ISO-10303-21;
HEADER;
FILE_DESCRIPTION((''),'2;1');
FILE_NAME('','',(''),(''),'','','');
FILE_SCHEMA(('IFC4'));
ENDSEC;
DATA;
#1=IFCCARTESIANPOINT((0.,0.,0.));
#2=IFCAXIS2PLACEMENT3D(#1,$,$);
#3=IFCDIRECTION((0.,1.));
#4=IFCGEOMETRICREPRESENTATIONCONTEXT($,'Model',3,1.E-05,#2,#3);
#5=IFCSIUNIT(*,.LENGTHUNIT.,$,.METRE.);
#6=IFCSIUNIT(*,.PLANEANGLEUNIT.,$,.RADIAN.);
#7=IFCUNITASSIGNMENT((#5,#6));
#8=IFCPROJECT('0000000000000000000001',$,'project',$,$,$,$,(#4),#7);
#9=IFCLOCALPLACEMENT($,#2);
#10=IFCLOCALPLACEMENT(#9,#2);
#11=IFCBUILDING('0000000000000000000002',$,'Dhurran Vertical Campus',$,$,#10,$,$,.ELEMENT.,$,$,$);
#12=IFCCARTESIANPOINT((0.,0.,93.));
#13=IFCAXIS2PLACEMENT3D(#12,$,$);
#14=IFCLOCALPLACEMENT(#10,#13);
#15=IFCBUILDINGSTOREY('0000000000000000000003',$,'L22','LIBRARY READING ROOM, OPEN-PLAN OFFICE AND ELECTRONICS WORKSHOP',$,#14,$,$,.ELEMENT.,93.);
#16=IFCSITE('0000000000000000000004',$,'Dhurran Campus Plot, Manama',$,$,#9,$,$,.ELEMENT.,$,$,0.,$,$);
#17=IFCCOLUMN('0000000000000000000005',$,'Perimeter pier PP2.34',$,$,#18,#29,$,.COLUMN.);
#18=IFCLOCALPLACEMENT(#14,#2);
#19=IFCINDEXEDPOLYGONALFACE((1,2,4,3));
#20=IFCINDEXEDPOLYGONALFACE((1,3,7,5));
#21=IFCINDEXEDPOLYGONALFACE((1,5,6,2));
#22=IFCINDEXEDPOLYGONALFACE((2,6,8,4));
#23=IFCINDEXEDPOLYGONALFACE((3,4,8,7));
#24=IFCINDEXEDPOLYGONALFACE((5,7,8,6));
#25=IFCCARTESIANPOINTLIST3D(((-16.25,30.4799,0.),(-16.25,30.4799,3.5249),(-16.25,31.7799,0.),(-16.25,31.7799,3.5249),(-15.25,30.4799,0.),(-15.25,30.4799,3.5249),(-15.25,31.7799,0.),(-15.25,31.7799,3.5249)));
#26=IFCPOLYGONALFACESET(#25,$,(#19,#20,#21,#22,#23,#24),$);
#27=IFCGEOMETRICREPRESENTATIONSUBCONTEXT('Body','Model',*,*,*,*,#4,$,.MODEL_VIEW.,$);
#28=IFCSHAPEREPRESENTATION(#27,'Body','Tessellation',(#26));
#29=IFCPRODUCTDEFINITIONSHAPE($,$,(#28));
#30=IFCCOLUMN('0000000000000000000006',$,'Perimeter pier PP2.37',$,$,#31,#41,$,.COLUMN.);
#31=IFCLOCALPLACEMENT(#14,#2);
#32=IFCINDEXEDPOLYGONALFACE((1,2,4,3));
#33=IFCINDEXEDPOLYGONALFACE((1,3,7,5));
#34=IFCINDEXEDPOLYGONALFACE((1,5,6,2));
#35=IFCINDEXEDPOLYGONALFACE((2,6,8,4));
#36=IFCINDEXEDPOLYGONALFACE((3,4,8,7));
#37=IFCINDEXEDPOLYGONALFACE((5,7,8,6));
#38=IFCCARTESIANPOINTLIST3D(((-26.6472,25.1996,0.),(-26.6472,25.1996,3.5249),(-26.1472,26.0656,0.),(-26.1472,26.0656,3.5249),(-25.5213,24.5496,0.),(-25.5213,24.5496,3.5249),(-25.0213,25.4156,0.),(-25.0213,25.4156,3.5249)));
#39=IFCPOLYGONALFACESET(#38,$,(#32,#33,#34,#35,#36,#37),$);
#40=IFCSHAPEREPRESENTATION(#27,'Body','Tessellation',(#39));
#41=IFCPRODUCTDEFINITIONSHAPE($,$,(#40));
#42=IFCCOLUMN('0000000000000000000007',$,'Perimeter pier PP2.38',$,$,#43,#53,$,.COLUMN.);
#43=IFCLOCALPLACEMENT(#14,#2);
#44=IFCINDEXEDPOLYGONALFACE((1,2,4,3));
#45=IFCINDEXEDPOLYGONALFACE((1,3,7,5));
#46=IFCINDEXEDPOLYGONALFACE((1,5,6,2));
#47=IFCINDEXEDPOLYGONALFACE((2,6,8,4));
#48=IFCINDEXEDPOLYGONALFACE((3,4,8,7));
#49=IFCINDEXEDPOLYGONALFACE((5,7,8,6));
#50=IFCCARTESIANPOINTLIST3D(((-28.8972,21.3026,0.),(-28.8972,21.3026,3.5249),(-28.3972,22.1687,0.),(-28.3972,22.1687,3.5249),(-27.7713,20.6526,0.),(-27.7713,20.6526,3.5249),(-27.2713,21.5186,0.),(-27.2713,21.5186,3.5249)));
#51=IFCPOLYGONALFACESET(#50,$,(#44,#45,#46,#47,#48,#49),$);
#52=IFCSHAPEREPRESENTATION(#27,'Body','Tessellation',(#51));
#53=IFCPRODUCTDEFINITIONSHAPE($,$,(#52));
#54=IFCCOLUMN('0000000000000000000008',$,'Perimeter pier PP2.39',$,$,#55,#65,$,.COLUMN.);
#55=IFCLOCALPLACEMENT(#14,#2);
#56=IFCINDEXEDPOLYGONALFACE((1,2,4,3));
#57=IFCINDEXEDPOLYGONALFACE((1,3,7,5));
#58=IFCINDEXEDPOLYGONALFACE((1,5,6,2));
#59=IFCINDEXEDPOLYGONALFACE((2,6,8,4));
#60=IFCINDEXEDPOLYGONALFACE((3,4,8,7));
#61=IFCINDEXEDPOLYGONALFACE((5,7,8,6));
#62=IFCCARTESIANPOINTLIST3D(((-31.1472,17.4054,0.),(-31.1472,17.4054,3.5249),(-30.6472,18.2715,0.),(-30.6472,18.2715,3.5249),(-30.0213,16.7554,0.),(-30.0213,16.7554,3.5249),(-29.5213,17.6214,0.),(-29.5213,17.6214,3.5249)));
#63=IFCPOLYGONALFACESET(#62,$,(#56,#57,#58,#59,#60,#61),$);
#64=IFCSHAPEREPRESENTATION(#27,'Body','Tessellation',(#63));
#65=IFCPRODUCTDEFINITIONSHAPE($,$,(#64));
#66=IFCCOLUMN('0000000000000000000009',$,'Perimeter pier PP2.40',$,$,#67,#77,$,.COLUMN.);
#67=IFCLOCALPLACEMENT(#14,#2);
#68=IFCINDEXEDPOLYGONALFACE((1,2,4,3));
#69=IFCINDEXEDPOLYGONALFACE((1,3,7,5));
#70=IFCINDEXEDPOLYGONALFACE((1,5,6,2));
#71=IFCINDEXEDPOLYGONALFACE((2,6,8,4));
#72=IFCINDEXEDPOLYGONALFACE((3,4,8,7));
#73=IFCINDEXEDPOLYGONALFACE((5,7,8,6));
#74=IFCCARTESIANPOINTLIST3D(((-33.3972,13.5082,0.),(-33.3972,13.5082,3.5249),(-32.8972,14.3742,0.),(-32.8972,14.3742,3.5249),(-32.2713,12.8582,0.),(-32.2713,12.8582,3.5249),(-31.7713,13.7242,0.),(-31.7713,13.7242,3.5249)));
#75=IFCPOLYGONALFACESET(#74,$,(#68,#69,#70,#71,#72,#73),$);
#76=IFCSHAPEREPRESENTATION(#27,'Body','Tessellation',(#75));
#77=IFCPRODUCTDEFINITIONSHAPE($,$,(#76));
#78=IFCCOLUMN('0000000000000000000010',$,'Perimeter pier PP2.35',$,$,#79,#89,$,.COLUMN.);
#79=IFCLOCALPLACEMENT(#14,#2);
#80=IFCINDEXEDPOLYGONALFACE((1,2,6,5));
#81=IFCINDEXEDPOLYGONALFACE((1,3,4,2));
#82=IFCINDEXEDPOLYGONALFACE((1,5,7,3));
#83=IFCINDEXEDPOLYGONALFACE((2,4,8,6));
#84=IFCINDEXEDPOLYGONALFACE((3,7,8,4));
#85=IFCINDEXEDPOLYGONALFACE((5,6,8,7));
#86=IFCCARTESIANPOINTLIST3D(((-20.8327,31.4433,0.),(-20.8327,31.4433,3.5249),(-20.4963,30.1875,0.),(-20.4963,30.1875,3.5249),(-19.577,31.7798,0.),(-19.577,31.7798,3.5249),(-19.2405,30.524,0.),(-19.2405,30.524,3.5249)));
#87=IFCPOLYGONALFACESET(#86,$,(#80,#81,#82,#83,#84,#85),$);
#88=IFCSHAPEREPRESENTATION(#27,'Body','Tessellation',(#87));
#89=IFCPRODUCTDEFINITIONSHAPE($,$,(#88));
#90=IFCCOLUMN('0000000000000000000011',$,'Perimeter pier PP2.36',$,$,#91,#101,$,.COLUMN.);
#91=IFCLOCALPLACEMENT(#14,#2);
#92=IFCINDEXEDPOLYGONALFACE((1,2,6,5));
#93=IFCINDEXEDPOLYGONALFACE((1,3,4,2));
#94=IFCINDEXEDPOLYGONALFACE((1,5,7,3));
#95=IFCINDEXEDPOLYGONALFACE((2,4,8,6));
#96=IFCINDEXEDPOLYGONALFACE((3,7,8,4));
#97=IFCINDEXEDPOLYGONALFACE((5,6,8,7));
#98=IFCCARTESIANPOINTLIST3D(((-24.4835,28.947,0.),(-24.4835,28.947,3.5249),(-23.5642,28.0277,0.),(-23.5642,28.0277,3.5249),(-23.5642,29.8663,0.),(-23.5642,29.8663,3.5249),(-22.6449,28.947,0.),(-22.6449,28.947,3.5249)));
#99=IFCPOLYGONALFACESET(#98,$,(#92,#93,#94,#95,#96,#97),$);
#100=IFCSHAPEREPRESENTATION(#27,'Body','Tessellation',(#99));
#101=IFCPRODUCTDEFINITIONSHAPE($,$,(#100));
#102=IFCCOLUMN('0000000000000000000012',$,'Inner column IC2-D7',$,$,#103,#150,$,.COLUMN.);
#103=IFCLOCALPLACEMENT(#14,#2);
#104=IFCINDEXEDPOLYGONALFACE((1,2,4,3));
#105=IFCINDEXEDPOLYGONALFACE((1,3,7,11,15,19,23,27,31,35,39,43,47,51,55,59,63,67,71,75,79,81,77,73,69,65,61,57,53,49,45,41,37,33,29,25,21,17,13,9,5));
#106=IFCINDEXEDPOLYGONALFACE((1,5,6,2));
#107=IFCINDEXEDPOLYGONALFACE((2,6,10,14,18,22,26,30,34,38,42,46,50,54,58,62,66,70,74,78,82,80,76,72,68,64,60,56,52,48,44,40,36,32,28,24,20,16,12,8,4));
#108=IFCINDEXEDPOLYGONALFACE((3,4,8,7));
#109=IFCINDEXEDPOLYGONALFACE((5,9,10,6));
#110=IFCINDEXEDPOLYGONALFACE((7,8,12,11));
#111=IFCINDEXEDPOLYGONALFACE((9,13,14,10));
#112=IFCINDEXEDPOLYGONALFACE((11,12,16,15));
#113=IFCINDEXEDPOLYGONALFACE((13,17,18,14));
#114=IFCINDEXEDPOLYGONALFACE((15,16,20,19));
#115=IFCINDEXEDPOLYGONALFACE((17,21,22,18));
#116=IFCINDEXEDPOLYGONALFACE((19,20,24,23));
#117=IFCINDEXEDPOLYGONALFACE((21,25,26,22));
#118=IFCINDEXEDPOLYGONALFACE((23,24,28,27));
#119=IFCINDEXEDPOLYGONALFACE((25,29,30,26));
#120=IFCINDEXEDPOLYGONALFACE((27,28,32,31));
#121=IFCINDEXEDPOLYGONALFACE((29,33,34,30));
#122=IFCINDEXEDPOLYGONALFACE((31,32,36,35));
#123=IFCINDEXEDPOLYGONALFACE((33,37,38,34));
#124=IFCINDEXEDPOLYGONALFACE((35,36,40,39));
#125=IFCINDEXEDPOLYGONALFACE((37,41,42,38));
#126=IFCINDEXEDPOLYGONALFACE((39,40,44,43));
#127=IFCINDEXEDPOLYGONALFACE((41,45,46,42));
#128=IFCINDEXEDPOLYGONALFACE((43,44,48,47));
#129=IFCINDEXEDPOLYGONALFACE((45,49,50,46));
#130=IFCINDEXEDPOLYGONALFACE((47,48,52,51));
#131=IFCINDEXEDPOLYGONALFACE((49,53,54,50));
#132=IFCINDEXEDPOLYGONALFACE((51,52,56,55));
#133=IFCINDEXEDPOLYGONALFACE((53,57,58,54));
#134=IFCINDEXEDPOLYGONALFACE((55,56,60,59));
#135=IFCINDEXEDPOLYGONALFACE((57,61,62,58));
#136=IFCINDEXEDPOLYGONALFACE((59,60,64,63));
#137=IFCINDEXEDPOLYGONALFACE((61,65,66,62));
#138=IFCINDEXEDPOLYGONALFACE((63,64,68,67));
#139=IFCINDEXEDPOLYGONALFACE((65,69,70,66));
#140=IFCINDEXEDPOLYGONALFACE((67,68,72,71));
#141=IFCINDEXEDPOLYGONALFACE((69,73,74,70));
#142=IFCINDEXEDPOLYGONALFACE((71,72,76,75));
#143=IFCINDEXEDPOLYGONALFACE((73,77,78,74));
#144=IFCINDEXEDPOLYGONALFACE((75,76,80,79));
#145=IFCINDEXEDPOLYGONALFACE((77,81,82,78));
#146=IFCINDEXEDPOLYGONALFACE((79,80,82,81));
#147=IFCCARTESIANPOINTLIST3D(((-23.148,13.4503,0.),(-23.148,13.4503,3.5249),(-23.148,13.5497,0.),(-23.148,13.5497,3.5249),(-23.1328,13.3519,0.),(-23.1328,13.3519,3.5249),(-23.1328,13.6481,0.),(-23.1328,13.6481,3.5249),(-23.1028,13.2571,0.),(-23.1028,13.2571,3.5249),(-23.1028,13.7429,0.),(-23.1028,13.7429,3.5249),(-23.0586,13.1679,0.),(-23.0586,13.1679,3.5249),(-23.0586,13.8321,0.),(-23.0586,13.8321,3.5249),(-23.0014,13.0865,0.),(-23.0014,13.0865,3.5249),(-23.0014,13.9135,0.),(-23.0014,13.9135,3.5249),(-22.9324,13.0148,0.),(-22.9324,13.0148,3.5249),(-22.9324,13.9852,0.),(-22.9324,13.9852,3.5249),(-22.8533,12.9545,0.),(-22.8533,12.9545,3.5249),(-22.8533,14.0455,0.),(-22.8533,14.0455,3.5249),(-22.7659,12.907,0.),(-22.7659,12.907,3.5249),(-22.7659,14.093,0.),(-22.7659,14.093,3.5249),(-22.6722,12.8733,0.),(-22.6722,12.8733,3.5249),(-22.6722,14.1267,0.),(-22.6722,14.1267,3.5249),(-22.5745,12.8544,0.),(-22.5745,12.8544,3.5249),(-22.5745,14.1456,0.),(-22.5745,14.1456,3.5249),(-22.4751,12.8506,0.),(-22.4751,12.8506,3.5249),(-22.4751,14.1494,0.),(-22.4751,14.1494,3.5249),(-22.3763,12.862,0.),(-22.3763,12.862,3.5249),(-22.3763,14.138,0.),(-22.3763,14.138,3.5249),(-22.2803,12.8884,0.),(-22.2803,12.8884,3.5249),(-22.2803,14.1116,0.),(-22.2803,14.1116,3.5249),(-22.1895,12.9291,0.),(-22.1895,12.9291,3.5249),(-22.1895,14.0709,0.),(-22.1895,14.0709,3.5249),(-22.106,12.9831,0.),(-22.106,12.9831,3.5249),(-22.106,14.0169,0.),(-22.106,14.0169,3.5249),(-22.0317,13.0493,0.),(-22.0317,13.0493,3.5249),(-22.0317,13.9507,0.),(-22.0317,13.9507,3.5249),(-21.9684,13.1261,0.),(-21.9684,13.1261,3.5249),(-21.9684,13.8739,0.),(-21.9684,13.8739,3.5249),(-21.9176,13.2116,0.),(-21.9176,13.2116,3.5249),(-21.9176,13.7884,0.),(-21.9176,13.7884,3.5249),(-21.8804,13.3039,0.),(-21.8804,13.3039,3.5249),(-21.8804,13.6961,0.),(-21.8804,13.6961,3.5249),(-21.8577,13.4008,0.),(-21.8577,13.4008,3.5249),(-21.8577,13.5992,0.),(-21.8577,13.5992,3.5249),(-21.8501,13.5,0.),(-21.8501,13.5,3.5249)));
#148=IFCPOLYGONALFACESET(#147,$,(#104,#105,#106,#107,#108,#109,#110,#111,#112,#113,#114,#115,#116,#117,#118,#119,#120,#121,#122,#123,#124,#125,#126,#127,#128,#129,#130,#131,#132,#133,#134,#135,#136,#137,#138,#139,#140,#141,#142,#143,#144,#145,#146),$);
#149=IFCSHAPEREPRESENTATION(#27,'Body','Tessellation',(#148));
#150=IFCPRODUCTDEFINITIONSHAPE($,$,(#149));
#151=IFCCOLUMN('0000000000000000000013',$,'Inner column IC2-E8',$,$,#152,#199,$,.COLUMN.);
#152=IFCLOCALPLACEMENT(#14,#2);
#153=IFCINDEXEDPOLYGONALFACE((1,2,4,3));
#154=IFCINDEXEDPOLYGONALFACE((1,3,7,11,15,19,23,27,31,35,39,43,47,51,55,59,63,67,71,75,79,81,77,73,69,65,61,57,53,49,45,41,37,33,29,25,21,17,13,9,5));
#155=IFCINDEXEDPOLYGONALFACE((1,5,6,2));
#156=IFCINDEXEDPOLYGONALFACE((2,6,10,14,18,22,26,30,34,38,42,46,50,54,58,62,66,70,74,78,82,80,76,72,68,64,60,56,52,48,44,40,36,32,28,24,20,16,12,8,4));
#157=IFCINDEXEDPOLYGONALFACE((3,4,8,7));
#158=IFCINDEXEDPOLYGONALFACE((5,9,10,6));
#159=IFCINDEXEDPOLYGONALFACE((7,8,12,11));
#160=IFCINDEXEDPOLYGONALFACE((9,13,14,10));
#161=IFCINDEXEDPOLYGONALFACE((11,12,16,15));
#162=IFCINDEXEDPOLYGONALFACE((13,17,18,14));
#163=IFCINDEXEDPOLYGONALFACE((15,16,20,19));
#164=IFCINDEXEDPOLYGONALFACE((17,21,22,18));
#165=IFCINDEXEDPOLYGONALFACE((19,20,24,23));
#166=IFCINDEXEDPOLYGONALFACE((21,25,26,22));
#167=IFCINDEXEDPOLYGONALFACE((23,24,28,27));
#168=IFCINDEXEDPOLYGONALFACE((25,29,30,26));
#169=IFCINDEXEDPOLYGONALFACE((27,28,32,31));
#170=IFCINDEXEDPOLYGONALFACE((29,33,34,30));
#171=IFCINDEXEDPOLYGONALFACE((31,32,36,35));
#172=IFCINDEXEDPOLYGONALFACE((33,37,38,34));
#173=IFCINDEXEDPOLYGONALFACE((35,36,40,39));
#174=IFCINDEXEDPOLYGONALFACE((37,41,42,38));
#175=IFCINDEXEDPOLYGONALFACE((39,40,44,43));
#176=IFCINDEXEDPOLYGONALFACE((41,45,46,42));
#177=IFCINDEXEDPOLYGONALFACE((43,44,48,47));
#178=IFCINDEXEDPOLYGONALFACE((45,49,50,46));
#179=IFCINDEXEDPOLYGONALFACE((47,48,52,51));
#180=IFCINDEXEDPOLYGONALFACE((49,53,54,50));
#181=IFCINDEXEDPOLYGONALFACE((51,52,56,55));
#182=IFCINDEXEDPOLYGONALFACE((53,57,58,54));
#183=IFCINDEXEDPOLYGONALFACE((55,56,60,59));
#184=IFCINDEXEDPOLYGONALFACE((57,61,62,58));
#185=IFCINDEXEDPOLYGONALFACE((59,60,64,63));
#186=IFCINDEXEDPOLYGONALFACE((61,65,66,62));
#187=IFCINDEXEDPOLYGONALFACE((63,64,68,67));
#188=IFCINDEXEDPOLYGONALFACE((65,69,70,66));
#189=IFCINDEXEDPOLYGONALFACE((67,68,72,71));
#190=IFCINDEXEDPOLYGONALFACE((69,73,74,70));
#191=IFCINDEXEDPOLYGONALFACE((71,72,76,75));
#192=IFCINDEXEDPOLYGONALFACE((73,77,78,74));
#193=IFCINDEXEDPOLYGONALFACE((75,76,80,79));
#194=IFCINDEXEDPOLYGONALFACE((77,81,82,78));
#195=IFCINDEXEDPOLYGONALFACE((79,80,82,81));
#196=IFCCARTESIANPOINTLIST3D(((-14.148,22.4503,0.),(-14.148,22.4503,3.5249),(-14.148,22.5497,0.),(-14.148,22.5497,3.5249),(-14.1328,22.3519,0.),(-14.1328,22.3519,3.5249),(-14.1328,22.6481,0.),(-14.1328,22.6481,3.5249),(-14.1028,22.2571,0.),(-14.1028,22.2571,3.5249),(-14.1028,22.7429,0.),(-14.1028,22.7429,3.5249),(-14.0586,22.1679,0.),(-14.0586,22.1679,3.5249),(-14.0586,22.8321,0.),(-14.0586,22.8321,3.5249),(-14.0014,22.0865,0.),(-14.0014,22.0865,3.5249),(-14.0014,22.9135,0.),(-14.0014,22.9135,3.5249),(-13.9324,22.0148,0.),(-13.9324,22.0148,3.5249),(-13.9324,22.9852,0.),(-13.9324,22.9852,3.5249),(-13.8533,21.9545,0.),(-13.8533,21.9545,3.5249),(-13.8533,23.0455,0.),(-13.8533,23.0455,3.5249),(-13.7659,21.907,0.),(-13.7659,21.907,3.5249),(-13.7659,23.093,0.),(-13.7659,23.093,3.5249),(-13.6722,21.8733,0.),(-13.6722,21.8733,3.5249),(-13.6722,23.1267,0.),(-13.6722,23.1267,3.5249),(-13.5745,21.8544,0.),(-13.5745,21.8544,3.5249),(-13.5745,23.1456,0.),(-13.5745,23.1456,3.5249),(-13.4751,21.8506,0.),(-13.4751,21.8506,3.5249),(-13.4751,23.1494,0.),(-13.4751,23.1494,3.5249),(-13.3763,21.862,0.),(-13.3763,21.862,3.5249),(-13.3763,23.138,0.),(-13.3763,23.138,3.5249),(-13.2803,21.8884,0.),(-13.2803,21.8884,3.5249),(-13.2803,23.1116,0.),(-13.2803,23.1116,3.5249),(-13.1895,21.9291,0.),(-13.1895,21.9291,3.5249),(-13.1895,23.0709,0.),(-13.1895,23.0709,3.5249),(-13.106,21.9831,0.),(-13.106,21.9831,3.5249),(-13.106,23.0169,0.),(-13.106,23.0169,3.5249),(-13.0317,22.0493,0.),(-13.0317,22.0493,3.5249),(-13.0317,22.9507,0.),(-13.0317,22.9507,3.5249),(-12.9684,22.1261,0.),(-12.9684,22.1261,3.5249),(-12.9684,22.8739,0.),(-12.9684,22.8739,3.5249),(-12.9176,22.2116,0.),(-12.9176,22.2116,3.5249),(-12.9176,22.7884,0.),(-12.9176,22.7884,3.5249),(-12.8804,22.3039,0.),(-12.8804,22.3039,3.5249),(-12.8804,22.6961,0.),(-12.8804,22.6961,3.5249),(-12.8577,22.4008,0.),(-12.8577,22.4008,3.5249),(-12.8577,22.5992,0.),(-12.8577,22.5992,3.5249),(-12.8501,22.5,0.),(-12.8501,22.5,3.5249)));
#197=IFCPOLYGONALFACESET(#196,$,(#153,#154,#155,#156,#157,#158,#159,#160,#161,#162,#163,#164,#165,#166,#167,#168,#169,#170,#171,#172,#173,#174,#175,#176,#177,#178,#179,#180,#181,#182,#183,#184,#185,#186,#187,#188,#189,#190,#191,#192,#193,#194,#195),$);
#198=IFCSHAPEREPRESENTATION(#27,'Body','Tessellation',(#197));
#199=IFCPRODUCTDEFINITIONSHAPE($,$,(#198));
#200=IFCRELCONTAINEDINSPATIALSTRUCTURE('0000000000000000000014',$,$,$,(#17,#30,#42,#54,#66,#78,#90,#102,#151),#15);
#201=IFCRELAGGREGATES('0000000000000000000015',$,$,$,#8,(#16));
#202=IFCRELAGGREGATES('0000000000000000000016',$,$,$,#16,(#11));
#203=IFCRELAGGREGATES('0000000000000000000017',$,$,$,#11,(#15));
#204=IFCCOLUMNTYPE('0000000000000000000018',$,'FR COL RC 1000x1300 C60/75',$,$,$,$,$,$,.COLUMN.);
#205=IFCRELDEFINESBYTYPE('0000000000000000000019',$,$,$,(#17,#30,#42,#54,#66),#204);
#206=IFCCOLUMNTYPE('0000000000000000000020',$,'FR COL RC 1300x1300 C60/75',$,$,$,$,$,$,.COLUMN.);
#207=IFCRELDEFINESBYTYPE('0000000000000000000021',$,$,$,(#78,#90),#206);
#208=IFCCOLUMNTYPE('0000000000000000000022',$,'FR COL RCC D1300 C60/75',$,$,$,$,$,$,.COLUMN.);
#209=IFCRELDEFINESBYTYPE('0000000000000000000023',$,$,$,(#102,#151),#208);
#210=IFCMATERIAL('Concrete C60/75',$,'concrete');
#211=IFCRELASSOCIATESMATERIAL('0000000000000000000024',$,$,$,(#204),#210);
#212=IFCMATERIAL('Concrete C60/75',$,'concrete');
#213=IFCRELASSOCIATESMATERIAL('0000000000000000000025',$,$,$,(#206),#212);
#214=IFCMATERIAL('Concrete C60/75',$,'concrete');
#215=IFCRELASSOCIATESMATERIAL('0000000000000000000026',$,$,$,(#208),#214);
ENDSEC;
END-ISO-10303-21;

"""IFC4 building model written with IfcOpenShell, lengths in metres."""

from ifc_helpers import new_model, si_unit, direction, frame, origin, origin_2d, place, context, subcontext, project, spatial, rectangle, circle, extrude, material, material_profile, profile_set, type_object, element, save


model = new_model("IFC4")

# Units and contexts
model_context = context("Model", 3, precision=1e-05, world=origin(), true_north=direction((0.0, 1.0)))
body_context = subcontext(model_context, "Body", "Model", "MODEL_VIEW")
ifc_project = project(units=[si_unit("LENGTHUNIT", "METRE"), si_unit("PLANEANGLEUNIT", "RADIAN")], contexts=[model_context])

# Site, building, storey
site_placement = place(None, origin())
site = spatial("IfcSite", under=ifc_project, at=site_placement, Name="Dhurran Campus Plot, Manama", CompositionType="ELEMENT", RefElevation=0.0)
building_placement = place(site_placement, origin())
building = spatial("IfcBuilding", under=site, at=building_placement, Name="Dhurran Vertical Campus", CompositionType="ELEMENT")
storey_placement = place(building_placement, frame((0.0, 0.0, 93.0)))
storey = spatial("IfcBuildingStorey", under=building, at=storey_placement, Name="L22", Description="LIBRARY READING ROOM, OPEN-PLAN OFFICE AND ELECTRONICS WORKSHOP", CompositionType="ELEMENT", Elevation=93.0)

# Columns
ifc_material_1 = material(Name="Concrete C60/75", Category="concrete")
ifc_material_profile_1 = material_profile(ifc_material_1, rectangle(XDim=1.0, YDim=1.3, at=origin_2d()), Name="RC 1000x1300")
ifc_profile_set_1 = profile_set([ifc_material_profile_1], Name="Concrete C60/75")
column_type_1 = type_object("IfcColumnType", Name="FR COL RC 1000x1300 C60/75", PredefinedType="COLUMN", material=ifc_profile_set_1)
for number, where, z_axis, x_axis, name in (
    (1, (-15.75, 31.1299, 0.0), (0.0, 0.0, 1.0), (-1.0, 0.0, 0.0), "Perimeter pier PP2.34"),
    (2, (-25.8342, 25.3076, 0.0), (0.0, 0.0, 1.0), (-0.5, -0.866025, 0.0), "Perimeter pier PP2.37"),
    (3, (-28.0842, 21.4106, 0.0), (0.0, 0.0, 1.0), (-0.5, -0.866025, 0.0), "Perimeter pier PP2.38"),
    (4, (-30.3342, 17.5134, 0.0), (0.0, 0.0, 1.0), (-0.5, -0.866025, 0.0), "Perimeter pier PP2.39"),
    (5, (-32.5842, 13.6162, 0.0), (0.0, 0.0, 1.0), (-0.5, -0.866025, 0.0), "Perimeter pier PP2.40"),
):
    element("IfcColumn", number, at=place(storey_placement, frame(where, z_axis=z_axis, x_axis=x_axis)), inside=storey, type_object=column_type_1, Name=name, PredefinedType="COLUMN", context=body_context, shape_type="SweptSolid", body=[
        extrude(rectangle(XDim=1.0, YDim=1.3, at=origin_2d()), origin(), (0.0, 0.0, 1.0), 3.5249),
    ])
ifc_material_2 = material(Name="Concrete C60/75", Category="concrete")
ifc_material_profile_2 = material_profile(ifc_material_2, rectangle(XDim=1.3, YDim=1.3, at=origin_2d()), Name="RC 1300x1300")
ifc_profile_set_2 = profile_set([ifc_material_profile_2], Name="Concrete C60/75")
column_type_2 = type_object("IfcColumnType", Name="FR COL RC 1300x1300 C60/75", PredefinedType="COLUMN", material=ifc_profile_set_2)
for number, where, z_axis, x_axis, name in (
    (6, (-20.0366, 30.9836, 0.0), (0.0, 0.0, 1.0), (-0.965926, -0.258819, 0.0), "Perimeter pier PP2.35"),
    (7, (-23.5642, 28.947, 0.0), (0.0, 0.0, 1.0), (-0.707107, -0.707107, 0.0), "Perimeter pier PP2.36"),
):
    element("IfcColumn", number, at=place(storey_placement, frame(where, z_axis=z_axis, x_axis=x_axis)), inside=storey, type_object=column_type_2, Name=name, PredefinedType="COLUMN", context=body_context, shape_type="SweptSolid", body=[
        extrude(rectangle(XDim=1.3, YDim=1.3, at=origin_2d()), origin(), (0.0, 0.0, 1.0), 3.5249),
    ])
ifc_material_3 = material(Name="Concrete C60/75", Category="concrete")
ifc_material_profile_3 = material_profile(ifc_material_3, circle(Radius=0.6499, at=origin_2d()), Name="RCC D1300")
ifc_profile_set_3 = profile_set([ifc_material_profile_3], Name="Concrete C60/75")
column_type_3 = type_object("IfcColumnType", Name="FR COL RCC D1300 C60/75", PredefinedType="COLUMN", material=ifc_profile_set_3)
for number, where, z_axis, x_axis, name in (
    (8, (-22.5, 13.5, 0.0), (0.0, 0.0, 1.0), (1.0, 0.0, 0.0), "Inner column IC2-D7"),
    (9, (-13.5, 22.5, 0.0), (0.0, 0.0, 1.0), (1.0, 0.0, 0.0), "Inner column IC2-E8"),
):
    element("IfcColumn", number, at=place(storey_placement, frame(where, z_axis=z_axis, x_axis=x_axis)), inside=storey, type_object=column_type_3, Name=name, PredefinedType="COLUMN", context=body_context, shape_type="SweptSolid", body=[
        extrude(circle(Radius=0.6499, at=origin_2d()), origin(), (0.0, 0.0, 1.0), 3.5249),
    ])

save(model, "model.ifc")
